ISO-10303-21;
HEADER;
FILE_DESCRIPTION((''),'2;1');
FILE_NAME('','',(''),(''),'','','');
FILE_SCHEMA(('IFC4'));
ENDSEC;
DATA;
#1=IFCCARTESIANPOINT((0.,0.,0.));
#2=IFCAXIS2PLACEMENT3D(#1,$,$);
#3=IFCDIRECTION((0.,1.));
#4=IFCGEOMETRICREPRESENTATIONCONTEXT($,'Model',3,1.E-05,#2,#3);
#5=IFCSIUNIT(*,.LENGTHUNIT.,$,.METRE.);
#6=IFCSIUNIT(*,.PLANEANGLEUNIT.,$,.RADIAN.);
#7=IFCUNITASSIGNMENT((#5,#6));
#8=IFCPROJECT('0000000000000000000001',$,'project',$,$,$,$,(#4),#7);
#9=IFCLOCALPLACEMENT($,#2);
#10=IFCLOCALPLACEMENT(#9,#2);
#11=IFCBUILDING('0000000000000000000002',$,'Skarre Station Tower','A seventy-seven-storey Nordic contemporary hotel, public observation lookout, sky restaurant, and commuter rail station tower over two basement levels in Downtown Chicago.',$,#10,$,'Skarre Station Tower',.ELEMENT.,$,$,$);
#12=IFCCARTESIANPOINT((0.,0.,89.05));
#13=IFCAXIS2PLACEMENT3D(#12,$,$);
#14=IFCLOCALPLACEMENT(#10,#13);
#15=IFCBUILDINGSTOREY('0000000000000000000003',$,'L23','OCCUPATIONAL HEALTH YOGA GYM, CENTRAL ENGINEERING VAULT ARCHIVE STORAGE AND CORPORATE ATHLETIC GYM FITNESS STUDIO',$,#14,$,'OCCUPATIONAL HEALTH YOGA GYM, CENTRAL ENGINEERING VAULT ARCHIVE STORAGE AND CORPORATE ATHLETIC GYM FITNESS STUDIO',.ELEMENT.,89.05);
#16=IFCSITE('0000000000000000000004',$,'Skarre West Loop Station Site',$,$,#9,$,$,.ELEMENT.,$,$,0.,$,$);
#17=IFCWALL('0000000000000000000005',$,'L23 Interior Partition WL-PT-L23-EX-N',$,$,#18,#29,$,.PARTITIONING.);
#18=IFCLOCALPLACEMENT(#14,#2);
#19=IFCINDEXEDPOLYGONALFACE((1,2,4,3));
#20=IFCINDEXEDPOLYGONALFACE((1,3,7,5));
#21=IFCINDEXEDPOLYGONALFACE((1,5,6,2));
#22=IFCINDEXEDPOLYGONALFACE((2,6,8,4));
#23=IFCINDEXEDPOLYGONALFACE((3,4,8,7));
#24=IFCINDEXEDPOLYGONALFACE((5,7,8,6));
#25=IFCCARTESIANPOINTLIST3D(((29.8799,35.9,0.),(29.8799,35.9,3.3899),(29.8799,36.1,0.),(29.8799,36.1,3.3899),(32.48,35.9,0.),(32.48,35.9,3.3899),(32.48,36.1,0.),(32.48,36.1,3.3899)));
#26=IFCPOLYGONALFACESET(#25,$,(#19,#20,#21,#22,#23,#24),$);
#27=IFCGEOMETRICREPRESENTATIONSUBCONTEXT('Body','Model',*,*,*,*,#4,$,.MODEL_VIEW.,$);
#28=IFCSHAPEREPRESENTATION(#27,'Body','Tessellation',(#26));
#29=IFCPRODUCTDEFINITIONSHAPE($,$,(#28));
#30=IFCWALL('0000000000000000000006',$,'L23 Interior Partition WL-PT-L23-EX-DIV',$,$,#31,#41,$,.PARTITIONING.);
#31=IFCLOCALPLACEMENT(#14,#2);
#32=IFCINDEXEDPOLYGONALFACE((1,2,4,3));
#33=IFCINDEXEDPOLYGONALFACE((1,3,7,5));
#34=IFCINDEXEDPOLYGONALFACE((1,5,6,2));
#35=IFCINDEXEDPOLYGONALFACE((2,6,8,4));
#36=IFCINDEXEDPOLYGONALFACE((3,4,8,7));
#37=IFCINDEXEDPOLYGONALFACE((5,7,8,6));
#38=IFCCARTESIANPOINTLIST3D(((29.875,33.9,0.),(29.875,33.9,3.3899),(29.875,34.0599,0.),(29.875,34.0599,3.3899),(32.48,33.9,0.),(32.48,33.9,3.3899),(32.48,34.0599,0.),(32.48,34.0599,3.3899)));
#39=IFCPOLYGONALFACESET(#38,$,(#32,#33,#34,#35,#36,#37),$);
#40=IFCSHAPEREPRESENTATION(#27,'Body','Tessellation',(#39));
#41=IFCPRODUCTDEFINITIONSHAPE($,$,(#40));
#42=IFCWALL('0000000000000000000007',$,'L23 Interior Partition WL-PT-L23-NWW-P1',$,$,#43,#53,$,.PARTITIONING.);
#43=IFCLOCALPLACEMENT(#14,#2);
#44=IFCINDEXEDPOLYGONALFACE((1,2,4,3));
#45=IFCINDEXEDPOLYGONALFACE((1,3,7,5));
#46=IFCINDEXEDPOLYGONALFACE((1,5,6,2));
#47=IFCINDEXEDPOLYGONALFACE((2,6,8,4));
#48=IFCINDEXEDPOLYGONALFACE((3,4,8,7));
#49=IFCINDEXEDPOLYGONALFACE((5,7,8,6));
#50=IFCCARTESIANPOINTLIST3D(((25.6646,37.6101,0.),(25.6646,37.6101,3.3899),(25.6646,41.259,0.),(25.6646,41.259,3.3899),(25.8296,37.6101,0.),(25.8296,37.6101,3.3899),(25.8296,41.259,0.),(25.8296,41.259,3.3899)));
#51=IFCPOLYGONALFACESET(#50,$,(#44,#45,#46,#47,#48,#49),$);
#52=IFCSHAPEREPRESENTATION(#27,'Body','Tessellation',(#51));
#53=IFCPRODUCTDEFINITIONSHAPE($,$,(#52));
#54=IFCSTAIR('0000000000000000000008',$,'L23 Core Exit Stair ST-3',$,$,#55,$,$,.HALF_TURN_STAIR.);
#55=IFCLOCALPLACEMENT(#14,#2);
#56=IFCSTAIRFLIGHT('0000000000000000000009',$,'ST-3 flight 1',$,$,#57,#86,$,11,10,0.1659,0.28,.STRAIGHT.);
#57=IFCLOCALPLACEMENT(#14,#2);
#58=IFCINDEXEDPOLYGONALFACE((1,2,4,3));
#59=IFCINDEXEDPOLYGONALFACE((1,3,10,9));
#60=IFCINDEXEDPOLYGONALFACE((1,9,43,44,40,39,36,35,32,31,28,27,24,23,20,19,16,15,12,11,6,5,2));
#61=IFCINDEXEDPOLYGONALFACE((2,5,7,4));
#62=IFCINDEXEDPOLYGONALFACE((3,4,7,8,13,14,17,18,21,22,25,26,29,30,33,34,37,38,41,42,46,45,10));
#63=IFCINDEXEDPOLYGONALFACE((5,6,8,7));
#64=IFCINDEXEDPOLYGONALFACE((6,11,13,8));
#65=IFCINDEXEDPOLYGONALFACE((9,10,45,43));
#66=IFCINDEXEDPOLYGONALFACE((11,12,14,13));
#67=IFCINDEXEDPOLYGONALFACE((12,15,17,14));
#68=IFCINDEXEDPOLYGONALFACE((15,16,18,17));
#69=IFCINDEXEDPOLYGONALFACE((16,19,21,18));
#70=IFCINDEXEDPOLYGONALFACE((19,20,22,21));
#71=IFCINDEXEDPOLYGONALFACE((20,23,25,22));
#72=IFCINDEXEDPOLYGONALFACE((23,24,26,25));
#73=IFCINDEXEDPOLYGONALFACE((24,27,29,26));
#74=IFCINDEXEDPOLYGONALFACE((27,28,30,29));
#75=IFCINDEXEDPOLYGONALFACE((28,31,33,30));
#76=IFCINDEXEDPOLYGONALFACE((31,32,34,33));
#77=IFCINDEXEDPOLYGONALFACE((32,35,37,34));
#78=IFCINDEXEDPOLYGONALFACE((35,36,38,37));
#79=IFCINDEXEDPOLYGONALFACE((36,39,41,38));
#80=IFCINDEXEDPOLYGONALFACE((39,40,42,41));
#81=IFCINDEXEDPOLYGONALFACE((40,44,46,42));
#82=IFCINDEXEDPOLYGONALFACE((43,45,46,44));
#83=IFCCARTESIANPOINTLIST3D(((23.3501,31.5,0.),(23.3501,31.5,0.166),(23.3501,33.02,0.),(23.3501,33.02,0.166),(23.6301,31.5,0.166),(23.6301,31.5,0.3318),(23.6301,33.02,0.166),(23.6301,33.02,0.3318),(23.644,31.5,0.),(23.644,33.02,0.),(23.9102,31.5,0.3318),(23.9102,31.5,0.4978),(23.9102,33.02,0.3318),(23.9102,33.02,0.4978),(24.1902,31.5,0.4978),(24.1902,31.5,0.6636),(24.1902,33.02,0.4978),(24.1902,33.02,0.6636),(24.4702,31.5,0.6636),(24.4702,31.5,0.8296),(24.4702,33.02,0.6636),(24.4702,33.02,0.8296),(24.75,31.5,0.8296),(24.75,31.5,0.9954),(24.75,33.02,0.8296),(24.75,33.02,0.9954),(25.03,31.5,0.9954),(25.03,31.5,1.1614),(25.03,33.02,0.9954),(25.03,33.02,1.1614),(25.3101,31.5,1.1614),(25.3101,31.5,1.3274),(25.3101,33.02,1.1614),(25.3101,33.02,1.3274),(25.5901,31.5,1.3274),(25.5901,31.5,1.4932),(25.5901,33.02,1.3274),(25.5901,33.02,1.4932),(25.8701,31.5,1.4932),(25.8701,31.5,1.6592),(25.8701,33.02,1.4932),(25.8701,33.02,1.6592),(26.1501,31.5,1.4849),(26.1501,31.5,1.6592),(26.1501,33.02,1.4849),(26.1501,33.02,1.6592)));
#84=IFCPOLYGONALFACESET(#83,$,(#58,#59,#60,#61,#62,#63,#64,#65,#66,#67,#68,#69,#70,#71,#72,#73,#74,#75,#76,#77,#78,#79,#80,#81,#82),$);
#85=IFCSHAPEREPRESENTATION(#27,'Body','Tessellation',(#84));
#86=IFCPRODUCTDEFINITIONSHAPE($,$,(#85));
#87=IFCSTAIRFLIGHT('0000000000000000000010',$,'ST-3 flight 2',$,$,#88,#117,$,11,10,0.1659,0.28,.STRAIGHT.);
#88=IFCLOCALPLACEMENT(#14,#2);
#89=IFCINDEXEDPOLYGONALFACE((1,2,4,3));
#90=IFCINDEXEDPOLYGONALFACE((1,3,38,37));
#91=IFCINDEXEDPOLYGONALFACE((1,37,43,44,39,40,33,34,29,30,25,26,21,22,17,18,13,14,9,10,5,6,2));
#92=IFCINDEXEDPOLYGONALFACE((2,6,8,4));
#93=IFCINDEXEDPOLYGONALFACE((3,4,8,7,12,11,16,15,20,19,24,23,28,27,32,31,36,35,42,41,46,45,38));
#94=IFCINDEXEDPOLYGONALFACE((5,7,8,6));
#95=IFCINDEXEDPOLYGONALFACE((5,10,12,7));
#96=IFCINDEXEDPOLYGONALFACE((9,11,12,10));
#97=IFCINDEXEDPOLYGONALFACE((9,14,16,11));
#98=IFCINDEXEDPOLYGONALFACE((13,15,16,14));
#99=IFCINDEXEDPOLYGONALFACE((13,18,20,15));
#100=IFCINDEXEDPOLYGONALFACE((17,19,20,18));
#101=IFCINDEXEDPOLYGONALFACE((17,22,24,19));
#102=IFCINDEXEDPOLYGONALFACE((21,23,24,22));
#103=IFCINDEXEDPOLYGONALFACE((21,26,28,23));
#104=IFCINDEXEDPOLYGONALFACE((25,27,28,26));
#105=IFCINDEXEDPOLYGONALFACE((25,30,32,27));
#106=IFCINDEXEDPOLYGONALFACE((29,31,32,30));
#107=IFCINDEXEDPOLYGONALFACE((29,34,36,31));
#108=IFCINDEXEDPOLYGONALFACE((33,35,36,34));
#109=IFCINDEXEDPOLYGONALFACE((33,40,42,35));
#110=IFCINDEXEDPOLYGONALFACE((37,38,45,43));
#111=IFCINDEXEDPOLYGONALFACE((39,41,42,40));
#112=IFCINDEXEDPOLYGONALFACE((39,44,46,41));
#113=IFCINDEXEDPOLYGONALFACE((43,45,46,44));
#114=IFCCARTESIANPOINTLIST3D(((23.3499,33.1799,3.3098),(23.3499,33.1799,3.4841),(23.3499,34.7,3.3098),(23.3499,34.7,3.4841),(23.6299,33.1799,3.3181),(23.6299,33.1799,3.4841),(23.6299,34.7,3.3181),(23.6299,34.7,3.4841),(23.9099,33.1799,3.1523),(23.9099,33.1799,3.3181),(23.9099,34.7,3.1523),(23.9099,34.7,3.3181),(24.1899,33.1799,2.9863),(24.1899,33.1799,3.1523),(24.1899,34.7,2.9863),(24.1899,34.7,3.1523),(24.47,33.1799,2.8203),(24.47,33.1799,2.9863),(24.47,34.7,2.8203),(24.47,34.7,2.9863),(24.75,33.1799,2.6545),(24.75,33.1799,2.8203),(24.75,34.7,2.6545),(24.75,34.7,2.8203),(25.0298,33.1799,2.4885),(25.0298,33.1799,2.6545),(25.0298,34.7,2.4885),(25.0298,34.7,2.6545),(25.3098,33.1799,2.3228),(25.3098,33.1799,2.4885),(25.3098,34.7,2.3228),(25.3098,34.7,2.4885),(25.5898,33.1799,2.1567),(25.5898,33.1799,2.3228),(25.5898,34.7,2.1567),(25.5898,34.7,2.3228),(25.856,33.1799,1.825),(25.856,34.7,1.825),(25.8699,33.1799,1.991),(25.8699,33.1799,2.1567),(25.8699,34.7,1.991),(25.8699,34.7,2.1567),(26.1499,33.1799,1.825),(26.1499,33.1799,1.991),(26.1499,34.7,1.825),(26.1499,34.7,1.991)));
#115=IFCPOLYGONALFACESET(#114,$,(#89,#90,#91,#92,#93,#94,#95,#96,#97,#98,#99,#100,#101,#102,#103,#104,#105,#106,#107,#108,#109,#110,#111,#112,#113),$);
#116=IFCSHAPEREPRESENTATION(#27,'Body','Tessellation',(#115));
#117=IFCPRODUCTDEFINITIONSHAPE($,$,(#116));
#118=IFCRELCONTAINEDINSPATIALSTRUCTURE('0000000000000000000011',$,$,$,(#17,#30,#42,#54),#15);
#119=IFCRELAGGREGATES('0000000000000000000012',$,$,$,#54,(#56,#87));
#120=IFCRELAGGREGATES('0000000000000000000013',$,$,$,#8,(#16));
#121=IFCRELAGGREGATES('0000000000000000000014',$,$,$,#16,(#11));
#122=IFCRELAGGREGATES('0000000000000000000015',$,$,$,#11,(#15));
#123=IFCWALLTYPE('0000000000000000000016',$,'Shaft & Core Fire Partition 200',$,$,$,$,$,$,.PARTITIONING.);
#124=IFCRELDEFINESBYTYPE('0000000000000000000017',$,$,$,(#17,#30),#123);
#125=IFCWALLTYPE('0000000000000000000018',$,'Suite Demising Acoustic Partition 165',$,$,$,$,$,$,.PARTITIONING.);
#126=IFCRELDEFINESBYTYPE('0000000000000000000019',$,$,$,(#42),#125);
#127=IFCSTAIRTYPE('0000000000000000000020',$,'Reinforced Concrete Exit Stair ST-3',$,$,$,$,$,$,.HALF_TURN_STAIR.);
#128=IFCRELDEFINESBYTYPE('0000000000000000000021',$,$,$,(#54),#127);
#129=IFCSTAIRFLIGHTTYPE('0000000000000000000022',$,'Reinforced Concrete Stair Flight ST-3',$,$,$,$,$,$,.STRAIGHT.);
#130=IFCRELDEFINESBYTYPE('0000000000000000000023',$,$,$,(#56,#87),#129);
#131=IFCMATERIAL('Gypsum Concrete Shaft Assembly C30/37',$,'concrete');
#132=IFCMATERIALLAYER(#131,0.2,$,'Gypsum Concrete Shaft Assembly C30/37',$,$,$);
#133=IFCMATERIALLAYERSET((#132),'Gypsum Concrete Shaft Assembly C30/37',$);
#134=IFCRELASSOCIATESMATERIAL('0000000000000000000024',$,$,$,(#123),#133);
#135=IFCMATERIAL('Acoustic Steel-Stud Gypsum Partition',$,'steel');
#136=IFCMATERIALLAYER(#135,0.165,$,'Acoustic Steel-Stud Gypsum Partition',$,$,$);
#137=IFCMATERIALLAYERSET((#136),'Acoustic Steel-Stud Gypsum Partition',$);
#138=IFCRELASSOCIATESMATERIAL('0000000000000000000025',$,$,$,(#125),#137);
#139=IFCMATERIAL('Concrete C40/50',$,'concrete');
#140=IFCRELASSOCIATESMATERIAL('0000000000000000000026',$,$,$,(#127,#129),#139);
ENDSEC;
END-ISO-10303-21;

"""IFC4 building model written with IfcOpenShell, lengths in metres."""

from ifc_helpers import new_model, si_unit, direction, frame, frame_2d, origin, place, context, subcontext, project, spatial, polyline, rectangle, outline, extrude, material, layer, layer_set, type_object, element, aggregate, save


model = new_model("IFC4")

# Units and contexts
model_context = context("Model", 3, precision=1e-05, world=origin(), true_north=direction((0.0, 1.0)))
body_context = subcontext(model_context, "Body", "Model", "MODEL_VIEW")
ifc_project = project(units=[si_unit("LENGTHUNIT", "METRE"), si_unit("PLANEANGLEUNIT", "RADIAN")], contexts=[model_context])

# Site, building, storey
site_placement = place(None, origin())
site = spatial("IfcSite", under=ifc_project, at=site_placement, Name="Skarre West Loop Station Site", CompositionType="ELEMENT", RefElevation=0.0)
building_placement = place(site_placement, origin())
building = spatial("IfcBuilding", under=site, at=building_placement, Name="Skarre Station Tower", Description="A seventy-seven-storey Nordic contemporary hotel, public observation lookout, sky restaurant, and commuter rail station tower over two basement levels in Downtown Chicago.", LongName="Skarre Station Tower", CompositionType="ELEMENT")
storey_placement = place(building_placement, frame((0.0, 0.0, 89.05)))
storey = spatial("IfcBuildingStorey", under=building, at=storey_placement, Name="L23", Description="OCCUPATIONAL HEALTH YOGA GYM, CENTRAL ENGINEERING VAULT ARCHIVE STORAGE AND CORPORATE ATHLETIC GYM FITNESS STUDIO", LongName="OCCUPATIONAL HEALTH YOGA GYM, CENTRAL ENGINEERING VAULT ARCHIVE STORAGE AND CORPORATE ATHLETIC GYM FITNESS STUDIO", CompositionType="ELEMENT", Elevation=89.05)

# Shared definitions
ifc_material_1 = material(Name="Acoustic Steel-Stud Gypsum Partition", Category="steel")

# Walls
ifc_material_2 = material(Name="Gypsum Concrete Shaft Assembly C30/37", Category="concrete")
ifc_layer_1 = layer(ifc_material_2, 0.2, Name="Gypsum Concrete Shaft Assembly C30/37")
ifc_layer_set_1 = layer_set([ifc_layer_1], Name="Gypsum Concrete Shaft Assembly C30/37")
wall_type_1 = type_object("IfcWallType", Name="Shaft & Core Fire Partition 200", PredefinedType="PARTITIONING", material=ifc_layer_set_1)
wall_1_placement = place(storey_placement, frame((29.8799, 36.0, 0.0), z_axis=(0.0, 0.0, 1.0), x_axis=(1.0, 0.0, 0.0)))
element("IfcWall", 1, at=wall_1_placement, inside=storey, type_object=wall_type_1, Name="L23 Interior Partition WL-PT-L23-EX-N", PredefinedType="PARTITIONING", context=body_context, shape_type="SweptSolid", body=[
    extrude(rectangle(XDim=2.6001, YDim=0.2, at=frame_2d((1.3, 0.0))), origin(), (0.0, 0.0, 1.0), 3.3899),
])
wall_2_placement = place(storey_placement, frame((29.875, 33.98, 0.0), z_axis=(0.0, 0.0, 1.0), x_axis=(1.0, 0.0, 0.0)))
element("IfcWall", 2, at=wall_2_placement, inside=storey, type_object=wall_type_1, Name="L23 Interior Partition WL-PT-L23-EX-DIV", PredefinedType="PARTITIONING", context=body_context, shape_type="SweptSolid", body=[
    extrude(rectangle(XDim=2.605, YDim=0.1599, at=frame_2d((1.3025, 0.0))), origin(), (0.0, 0.0, 1.0), 3.3899),
])
ifc_layer_2 = layer(ifc_material_1, 0.165, Name="Acoustic Steel-Stud Gypsum Partition")
ifc_layer_set_2 = layer_set([ifc_layer_2], Name="Acoustic Steel-Stud Gypsum Partition")
wall_type_2 = type_object("IfcWallType", Name="Suite Demising Acoustic Partition 165", PredefinedType="PARTITIONING", material=ifc_layer_set_2)
wall_3_placement = place(storey_placement, frame((25.7471, 37.6101, 0.0), z_axis=(0.0, 0.0, 1.0), x_axis=(0.0, 1.0, 0.0)))
element("IfcWall", 3, at=wall_3_placement, inside=storey, type_object=wall_type_2, Name="L23 Interior Partition WL-PT-L23-NWW-P1", PredefinedType="PARTITIONING", context=body_context, shape_type="SweptSolid", body=[
    extrude(rectangle(XDim=3.6489, YDim=0.165, at=frame_2d((1.8245, 0.0))), origin(), (0.0, 0.0, 1.0), 3.3899),
])

# Stair, stair flights
ifc_material_3 = material(Name="Concrete C40/50", Category="concrete")
stair_type = type_object("IfcStairType", Name="Reinforced Concrete Exit Stair ST-3", PredefinedType="HALF_TURN_STAIR", material=ifc_material_3)
stair_placement = place(storey_placement, origin())
stair = element("IfcStair", 4, at=stair_placement, inside=storey, type_object=stair_type, Name="L23 Core Exit Stair ST-3", PredefinedType="HALF_TURN_STAIR")
stair_flight_type = type_object("IfcStairFlightType", Name="Reinforced Concrete Stair Flight ST-3", PredefinedType="STRAIGHT", material=ifc_material_3)
stair_flight_1_placement = place(storey_placement, frame((23.3501, 32.26, 0.0), z_axis=(0.0, 0.0, 1.0), x_axis=(1.0, 0.0, 0.0)))
stair_flight_1 = element("IfcStairFlight", 5, at=stair_flight_1_placement, type_object=stair_flight_type, Name="ST-3 flight 1", NumberOfRisers=11, NumberOfTreads=10, PredefinedType="STRAIGHT", RiserHeight=0.1659, TreadLength=0.28, context=body_context, shape_type="SweptSolid", body=[
    extrude(outline(polyline([(0.0, 0.0), (0.0, 0.166), (0.28, 0.166), (0.28, 0.3318), (0.5601, 0.3318), (0.5601, 0.4978), (0.8401, 0.4978), (0.8401, 0.6636), (1.1201, 0.6636), (1.1201, 0.8296), (1.3999, 0.8296), (1.3999, 0.9954), (1.6799, 0.9954), (1.6799, 1.1614), (1.96, 1.1614), (1.96, 1.3274), (2.24, 1.3274), (2.24, 1.4932), (2.52, 1.4932), (2.52, 1.6592), (2.8, 1.6592), (2.8, 1.825), (2.8, 1.4849), (0.2939, 0.0), (0.0, 0.0)])), frame((0.0, 0.76, 0.0), z_axis=(0.0, -1.0, 0.0), x_axis=(1.0, 0.0, 0.0)), (0.0, 0.0, 1.0), 1.52),
])
stair_flight_2_placement = place(storey_placement, frame((26.1499, 33.9399, 1.825), z_axis=(0.0, 0.0, 1.0), x_axis=(-1.0, 0.0, 0.0)))
stair_flight_2 = element("IfcStairFlight", 6, at=stair_flight_2_placement, type_object=stair_flight_type, Name="ST-3 flight 2", NumberOfRisers=11, NumberOfTreads=10, PredefinedType="STRAIGHT", RiserHeight=0.1659, TreadLength=0.28, context=body_context, shape_type="SweptSolid", body=[
    extrude(outline(polyline([(0.0, 0.0), (0.0, 0.166), (0.28, 0.166), (0.28, 0.3318), (0.5601, 0.3318), (0.5601, 0.4978), (0.8401, 0.4978), (0.8401, 0.6636), (1.1201, 0.6636), (1.1201, 0.8296), (1.3999, 0.8296), (1.3999, 0.9954), (1.6799, 0.9954), (1.6799, 1.1614), (1.96, 1.1614), (1.96, 1.3274), (2.24, 1.3274), (2.24, 1.4932), (2.52, 1.4932), (2.52, 1.6592), (2.8, 1.6592), (2.8, 1.825), (2.8, 1.4849), (0.2939, 0.0), (0.0, 0.0)])), frame((0.0, 0.76, 0.0), z_axis=(0.0, -1.0, 0.0), x_axis=(1.0, 0.0, 0.0)), (0.0, 0.0, 1.0), 1.52),
])
aggregate(stair, [stair_flight_1, stair_flight_2])

save(model, "model.ifc")
